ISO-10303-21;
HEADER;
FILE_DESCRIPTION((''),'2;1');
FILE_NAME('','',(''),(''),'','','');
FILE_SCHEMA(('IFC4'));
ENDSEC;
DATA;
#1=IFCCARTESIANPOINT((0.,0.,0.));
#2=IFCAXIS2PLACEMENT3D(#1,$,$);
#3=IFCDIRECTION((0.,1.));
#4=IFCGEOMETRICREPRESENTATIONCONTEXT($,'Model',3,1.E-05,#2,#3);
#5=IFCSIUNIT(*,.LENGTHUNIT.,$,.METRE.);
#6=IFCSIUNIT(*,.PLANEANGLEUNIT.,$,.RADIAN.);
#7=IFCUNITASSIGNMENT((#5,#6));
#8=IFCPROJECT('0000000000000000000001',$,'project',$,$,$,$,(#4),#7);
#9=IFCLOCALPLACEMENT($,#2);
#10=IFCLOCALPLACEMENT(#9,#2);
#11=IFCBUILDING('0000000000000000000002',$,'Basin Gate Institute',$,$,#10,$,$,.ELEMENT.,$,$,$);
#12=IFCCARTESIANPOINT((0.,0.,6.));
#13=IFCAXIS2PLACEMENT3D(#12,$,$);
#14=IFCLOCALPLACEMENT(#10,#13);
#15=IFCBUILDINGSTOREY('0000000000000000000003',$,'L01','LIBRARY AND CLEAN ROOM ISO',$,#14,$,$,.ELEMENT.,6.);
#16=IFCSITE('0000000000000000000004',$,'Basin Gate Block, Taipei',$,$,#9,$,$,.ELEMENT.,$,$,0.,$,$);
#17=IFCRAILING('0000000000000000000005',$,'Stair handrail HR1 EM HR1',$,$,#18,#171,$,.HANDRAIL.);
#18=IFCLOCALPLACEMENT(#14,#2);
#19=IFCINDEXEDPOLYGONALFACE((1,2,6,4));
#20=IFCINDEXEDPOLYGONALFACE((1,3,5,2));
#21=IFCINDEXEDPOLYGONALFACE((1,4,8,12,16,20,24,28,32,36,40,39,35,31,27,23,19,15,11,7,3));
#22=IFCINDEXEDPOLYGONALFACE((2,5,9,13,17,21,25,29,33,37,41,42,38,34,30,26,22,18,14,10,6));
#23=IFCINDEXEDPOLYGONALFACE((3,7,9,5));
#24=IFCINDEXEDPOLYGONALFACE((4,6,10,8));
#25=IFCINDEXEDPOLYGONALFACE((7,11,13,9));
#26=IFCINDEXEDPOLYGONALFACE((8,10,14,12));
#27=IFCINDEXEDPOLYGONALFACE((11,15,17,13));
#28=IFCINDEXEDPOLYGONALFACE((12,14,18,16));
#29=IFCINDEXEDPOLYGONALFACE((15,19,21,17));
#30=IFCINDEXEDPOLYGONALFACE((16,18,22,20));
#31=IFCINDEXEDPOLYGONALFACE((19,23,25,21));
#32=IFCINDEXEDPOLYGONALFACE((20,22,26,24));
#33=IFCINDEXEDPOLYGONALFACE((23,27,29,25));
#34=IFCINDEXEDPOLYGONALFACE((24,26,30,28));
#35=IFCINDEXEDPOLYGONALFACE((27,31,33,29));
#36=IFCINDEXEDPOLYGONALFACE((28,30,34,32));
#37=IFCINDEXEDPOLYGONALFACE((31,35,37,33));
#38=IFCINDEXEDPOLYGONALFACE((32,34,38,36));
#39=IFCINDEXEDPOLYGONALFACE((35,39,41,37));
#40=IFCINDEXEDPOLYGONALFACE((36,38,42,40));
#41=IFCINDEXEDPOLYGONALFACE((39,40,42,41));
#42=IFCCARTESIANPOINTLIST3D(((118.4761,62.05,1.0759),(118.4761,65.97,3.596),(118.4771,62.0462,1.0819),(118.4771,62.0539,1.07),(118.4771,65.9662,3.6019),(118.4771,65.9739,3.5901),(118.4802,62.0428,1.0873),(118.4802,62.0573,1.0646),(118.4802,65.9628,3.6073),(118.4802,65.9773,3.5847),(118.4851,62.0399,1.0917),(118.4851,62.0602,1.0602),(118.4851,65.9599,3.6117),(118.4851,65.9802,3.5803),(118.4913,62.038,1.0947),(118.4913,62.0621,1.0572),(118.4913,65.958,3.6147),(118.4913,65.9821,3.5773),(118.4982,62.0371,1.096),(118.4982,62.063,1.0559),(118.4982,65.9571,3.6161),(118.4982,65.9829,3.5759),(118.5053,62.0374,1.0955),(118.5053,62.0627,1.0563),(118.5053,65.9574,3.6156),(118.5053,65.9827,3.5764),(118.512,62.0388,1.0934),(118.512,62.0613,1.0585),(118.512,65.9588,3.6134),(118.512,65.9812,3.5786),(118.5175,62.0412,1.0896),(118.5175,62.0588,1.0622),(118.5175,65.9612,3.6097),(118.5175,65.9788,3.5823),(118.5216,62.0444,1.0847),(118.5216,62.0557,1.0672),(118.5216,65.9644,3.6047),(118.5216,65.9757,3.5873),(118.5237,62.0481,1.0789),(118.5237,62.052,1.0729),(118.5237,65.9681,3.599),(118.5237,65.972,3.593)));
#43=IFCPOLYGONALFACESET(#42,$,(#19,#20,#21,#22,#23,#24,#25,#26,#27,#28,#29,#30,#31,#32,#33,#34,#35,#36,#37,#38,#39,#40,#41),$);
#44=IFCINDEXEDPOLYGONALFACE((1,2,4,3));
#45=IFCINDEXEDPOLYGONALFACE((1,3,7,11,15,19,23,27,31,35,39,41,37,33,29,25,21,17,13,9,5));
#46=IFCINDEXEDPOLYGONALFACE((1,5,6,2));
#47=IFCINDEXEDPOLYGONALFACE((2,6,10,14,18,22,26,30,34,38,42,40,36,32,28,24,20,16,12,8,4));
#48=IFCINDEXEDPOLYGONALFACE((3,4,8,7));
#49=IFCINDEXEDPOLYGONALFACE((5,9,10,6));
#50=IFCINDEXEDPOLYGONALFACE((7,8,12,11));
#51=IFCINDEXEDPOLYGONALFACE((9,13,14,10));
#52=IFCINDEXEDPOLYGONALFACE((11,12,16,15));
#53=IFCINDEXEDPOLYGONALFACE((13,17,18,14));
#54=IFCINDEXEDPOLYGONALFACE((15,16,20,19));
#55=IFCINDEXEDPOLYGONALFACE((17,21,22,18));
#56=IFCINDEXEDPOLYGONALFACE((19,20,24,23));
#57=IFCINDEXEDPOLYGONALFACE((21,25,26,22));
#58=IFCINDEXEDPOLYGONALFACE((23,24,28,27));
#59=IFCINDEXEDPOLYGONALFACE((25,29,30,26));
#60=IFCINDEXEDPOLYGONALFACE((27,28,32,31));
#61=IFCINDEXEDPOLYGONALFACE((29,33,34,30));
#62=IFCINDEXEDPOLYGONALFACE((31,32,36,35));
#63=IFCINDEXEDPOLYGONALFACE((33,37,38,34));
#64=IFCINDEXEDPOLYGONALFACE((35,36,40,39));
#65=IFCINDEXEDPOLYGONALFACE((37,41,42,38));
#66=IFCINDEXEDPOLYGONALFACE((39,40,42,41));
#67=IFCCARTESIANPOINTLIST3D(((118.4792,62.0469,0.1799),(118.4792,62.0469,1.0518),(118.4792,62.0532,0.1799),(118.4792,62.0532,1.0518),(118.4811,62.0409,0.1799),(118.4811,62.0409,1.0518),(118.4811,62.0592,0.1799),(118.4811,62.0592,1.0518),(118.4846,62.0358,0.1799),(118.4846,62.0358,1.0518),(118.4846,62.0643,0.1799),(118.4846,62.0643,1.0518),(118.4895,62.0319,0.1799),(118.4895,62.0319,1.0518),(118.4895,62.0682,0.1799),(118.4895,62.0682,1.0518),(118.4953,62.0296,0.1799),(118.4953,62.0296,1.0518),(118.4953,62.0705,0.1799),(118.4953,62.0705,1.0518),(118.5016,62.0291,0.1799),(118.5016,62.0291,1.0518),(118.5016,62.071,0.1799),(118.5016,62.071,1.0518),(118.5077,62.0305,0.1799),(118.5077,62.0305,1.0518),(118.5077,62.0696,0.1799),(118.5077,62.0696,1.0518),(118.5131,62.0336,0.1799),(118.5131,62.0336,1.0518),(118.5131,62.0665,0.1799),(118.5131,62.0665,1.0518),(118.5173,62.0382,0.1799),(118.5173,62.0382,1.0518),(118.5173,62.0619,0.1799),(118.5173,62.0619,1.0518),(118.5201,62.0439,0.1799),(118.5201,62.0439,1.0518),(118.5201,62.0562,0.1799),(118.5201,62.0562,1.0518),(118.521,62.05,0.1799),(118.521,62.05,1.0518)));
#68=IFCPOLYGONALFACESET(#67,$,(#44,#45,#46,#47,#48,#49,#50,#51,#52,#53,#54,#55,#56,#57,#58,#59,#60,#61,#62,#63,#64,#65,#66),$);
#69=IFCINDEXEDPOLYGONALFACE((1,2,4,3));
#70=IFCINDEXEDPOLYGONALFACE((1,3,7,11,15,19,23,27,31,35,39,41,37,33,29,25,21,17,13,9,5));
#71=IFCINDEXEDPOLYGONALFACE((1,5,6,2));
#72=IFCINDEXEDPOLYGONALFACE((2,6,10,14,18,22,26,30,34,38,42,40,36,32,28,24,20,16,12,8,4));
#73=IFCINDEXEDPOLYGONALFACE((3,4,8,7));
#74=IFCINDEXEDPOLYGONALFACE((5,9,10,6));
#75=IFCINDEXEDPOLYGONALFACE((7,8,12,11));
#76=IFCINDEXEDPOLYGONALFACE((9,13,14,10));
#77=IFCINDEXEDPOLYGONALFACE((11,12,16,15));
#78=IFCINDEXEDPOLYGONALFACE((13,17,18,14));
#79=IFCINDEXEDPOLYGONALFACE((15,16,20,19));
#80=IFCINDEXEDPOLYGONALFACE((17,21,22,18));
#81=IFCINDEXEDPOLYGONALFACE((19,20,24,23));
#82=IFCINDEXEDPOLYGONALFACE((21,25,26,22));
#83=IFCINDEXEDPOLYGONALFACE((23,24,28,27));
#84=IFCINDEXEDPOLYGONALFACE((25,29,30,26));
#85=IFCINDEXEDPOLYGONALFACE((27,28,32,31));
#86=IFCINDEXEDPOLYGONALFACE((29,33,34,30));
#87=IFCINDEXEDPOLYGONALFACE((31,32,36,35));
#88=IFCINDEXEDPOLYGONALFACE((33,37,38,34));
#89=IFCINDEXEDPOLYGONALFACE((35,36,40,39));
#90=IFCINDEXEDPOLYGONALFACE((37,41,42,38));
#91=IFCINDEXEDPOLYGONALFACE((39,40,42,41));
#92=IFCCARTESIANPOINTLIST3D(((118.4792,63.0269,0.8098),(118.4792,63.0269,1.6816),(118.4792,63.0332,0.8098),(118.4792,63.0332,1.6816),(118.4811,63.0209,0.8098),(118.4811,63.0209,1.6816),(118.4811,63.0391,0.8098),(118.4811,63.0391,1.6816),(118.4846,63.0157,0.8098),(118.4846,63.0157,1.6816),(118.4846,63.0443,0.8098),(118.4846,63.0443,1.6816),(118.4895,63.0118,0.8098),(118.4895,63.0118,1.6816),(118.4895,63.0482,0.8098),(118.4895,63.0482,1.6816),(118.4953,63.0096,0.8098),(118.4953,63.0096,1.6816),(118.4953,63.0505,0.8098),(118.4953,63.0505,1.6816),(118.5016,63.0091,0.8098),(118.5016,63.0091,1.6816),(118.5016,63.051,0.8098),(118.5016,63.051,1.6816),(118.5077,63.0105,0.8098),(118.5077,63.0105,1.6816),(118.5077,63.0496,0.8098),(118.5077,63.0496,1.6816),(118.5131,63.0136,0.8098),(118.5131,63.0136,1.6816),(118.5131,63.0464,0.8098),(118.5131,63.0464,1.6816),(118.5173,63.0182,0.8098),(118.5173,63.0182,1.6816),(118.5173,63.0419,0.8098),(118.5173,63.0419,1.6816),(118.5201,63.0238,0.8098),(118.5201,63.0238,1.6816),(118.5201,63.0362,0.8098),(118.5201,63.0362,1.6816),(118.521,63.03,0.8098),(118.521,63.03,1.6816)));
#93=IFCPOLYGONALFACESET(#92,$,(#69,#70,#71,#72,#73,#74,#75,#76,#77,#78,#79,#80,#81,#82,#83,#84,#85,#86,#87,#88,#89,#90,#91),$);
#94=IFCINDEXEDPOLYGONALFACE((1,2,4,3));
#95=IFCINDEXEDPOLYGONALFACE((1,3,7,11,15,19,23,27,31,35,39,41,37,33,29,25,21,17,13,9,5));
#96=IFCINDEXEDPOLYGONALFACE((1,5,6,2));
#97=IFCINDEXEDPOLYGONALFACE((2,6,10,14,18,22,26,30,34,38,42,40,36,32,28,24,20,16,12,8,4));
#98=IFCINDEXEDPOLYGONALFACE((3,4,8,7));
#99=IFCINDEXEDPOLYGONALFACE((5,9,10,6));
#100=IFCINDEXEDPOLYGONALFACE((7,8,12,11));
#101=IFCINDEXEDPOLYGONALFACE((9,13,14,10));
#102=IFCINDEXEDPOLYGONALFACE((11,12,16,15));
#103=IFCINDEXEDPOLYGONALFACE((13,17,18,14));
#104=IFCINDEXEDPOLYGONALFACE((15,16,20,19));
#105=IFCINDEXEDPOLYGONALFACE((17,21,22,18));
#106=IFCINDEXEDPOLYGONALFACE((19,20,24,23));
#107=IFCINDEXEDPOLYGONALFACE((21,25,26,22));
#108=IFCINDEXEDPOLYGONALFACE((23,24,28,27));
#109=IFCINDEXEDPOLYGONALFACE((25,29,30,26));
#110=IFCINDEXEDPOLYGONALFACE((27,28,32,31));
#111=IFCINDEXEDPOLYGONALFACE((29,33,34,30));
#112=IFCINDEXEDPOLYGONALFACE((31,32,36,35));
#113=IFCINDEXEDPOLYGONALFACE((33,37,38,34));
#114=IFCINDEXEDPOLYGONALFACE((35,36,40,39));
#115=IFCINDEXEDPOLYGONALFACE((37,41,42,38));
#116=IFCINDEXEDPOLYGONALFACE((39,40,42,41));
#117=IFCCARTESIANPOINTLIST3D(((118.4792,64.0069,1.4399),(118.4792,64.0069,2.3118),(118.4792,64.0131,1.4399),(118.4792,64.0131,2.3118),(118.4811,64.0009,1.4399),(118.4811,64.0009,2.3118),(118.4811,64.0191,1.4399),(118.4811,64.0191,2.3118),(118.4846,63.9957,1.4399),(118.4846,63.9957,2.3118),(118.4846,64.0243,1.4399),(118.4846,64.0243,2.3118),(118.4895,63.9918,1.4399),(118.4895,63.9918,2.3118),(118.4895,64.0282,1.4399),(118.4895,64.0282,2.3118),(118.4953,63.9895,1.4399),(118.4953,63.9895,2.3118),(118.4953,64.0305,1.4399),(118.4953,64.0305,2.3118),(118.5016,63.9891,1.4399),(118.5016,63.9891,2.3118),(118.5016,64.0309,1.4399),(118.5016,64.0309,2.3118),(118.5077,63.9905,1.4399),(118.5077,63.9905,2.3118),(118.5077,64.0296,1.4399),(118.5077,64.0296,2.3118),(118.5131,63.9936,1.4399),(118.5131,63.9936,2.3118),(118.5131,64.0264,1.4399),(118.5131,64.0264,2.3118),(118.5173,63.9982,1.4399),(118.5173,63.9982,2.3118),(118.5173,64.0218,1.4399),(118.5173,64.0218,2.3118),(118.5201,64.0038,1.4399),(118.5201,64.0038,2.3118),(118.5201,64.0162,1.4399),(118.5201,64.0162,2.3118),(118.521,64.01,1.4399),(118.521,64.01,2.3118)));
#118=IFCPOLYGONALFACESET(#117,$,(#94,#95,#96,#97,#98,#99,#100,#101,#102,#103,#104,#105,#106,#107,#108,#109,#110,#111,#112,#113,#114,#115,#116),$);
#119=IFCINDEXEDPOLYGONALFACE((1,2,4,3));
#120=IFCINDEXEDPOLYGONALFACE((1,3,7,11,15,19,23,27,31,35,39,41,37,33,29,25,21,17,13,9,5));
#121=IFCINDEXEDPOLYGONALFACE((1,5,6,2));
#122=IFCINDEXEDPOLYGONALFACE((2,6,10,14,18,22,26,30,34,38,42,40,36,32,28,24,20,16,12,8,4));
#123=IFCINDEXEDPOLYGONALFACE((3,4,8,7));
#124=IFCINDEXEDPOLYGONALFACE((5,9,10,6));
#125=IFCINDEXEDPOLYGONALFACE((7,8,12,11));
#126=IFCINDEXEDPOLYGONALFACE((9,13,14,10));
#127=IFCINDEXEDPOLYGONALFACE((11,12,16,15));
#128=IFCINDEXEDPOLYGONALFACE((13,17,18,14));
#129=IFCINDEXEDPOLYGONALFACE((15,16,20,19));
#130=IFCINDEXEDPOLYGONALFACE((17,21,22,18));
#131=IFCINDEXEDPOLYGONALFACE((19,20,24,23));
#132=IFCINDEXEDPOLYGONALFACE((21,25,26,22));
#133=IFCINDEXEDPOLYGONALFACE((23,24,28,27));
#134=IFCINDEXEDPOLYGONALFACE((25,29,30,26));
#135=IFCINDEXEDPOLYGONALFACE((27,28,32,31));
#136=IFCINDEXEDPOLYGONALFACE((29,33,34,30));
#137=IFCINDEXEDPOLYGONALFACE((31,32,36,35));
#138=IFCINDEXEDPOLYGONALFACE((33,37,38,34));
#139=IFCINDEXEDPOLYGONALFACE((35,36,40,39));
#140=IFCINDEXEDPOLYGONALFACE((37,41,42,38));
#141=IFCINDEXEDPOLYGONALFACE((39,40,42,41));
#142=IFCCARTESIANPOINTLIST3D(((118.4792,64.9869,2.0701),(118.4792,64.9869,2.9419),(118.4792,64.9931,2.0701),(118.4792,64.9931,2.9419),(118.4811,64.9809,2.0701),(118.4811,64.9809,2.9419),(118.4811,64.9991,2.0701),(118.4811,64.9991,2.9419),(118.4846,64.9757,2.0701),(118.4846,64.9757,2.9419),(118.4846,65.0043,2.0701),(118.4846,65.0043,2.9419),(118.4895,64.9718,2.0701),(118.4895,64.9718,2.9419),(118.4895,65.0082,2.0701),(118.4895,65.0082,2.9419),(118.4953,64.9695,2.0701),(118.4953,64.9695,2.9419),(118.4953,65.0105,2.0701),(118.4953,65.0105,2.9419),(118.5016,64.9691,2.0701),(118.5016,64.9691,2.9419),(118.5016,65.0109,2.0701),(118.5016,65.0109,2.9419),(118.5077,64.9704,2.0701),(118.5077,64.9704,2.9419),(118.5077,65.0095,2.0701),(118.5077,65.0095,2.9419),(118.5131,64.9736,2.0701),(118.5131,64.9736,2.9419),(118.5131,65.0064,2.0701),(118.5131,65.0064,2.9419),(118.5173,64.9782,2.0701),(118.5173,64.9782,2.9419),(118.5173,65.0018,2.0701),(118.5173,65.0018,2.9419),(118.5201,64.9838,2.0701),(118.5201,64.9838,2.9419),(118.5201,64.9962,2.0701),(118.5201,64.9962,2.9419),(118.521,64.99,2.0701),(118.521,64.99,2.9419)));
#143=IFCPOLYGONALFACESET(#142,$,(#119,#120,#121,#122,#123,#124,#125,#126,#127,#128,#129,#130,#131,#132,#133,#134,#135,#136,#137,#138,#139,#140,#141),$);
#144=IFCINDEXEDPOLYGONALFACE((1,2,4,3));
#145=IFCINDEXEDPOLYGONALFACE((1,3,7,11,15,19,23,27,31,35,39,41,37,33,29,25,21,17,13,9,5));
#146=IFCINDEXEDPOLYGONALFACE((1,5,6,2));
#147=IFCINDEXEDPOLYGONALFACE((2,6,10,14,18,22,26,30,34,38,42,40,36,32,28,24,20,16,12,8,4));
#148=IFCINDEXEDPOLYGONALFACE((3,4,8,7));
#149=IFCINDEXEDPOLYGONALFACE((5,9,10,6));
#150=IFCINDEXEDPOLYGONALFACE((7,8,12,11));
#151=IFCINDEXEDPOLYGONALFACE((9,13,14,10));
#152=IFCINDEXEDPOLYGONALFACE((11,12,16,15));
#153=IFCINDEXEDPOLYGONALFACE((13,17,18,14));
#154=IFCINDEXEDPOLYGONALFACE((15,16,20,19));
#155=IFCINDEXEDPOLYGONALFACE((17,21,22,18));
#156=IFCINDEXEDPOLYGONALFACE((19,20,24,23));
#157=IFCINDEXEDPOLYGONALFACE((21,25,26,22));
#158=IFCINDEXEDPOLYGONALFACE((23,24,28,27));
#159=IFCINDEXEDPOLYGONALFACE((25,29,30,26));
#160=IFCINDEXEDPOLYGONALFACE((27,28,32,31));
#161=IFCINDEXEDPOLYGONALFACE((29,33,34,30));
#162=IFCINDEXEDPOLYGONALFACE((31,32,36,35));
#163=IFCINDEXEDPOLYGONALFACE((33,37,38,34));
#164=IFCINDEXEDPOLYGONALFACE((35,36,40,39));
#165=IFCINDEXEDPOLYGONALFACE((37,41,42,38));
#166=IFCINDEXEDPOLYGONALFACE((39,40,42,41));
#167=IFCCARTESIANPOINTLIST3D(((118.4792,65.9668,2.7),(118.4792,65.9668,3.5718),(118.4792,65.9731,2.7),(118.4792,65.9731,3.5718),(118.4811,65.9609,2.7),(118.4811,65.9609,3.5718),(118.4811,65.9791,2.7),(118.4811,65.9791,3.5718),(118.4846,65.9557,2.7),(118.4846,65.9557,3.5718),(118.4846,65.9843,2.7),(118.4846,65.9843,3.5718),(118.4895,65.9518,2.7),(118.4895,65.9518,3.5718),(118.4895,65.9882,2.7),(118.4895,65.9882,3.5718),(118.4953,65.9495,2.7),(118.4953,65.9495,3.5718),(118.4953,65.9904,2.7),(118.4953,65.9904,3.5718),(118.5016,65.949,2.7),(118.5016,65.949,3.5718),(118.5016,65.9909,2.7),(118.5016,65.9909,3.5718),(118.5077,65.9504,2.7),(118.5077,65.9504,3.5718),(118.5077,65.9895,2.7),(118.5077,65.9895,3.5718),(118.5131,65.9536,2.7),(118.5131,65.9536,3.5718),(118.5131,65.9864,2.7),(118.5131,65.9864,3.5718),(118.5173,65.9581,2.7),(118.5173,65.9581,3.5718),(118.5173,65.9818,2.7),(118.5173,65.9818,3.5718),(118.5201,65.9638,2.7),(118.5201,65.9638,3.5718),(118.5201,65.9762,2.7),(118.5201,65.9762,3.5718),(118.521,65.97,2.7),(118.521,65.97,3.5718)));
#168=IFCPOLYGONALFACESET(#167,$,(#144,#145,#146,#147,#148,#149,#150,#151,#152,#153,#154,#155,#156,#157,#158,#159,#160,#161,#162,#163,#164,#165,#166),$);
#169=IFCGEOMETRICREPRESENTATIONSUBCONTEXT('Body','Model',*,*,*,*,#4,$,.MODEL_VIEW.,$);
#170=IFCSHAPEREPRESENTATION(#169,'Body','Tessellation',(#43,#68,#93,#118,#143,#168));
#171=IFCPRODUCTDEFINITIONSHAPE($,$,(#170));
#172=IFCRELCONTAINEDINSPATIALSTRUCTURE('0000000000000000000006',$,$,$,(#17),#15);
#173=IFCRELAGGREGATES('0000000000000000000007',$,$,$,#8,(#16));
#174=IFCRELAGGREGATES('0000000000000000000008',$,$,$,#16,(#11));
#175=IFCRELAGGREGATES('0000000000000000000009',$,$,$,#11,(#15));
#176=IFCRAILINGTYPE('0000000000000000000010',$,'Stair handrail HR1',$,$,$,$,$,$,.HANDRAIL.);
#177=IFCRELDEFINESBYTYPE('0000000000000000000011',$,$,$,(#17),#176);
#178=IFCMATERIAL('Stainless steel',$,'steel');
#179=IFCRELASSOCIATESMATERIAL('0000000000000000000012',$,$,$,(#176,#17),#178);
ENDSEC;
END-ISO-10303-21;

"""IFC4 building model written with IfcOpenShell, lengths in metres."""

from ifc_helpers import new_model, si_unit, direction, frame, origin, origin_2d, place, context, subcontext, project, spatial, circle, extrude, material, type_object, element, save


model = new_model("IFC4")

# Units and contexts
model_context = context("Model", 3, precision=1e-05, world=origin(), true_north=direction((0.0, 1.0)))
body_context = subcontext(model_context, "Body", "Model", "MODEL_VIEW")
ifc_project = project(units=[si_unit("LENGTHUNIT", "METRE"), si_unit("PLANEANGLEUNIT", "RADIAN")], contexts=[model_context])

# Site, building, storey
site_placement = place(None, origin())
site = spatial("IfcSite", under=ifc_project, at=site_placement, Name="Basin Gate Block, Taipei", CompositionType="ELEMENT", RefElevation=0.0)
building_placement = place(site_placement, origin())
building = spatial("IfcBuilding", under=site, at=building_placement, Name="Basin Gate Institute", CompositionType="ELEMENT")
storey_placement = place(building_placement, frame((0.0, 0.0, 6.0)))
storey = spatial("IfcBuildingStorey", under=building, at=storey_placement, Name="L01", Description="LIBRARY AND CLEAN ROOM ISO", CompositionType="ELEMENT", Elevation=6.0)

# Railing
ifc_material_1 = material(Name="Stainless steel", Category="steel")
railing_type_1 = type_object("IfcRailingType", Name="Stair handrail HR1", PredefinedType="HANDRAIL", material=ifc_material_1)
railing_1_placement = place(storey_placement, frame((118.5, 62.05, 0.1799)))
element("IfcRailing", 1, at=railing_1_placement, inside=storey, type_object=railing_type_1, material=ifc_material_1, Name="Stair handrail HR1 EM HR1", PredefinedType="HANDRAIL", context=body_context, shape_type="SweptSolid", body=[
    extrude(circle(Radius=0.0239, at=origin_2d()), frame((0.0, 0.0, 0.896), z_axis=(0.0, 0.841172, 0.540768), x_axis=(-1.0, 0.0, 0.0)), (0.0, 0.0, 1.0), 4.6602),
    extrude(circle(Radius=0.021, at=origin_2d()), origin(), (0.0, 0.0, 1.0), 0.8718),
    extrude(circle(Radius=0.021, at=origin_2d()), frame((0.0, 0.98, 0.6299)), (0.0, 0.0, 1.0), 0.8718),
    extrude(circle(Radius=0.021, at=origin_2d()), frame((0.0, 1.96, 1.26)), (0.0, 0.0, 1.0), 0.8718),
    extrude(circle(Radius=0.021, at=origin_2d()), frame((0.0, 2.9399, 1.8901)), (0.0, 0.0, 1.0), 0.8718),
    extrude(circle(Radius=0.021, at=origin_2d()), frame((0.0, 3.9199, 2.52)), (0.0, 0.0, 1.0), 0.8718),
])

save(model, "model.ifc")
